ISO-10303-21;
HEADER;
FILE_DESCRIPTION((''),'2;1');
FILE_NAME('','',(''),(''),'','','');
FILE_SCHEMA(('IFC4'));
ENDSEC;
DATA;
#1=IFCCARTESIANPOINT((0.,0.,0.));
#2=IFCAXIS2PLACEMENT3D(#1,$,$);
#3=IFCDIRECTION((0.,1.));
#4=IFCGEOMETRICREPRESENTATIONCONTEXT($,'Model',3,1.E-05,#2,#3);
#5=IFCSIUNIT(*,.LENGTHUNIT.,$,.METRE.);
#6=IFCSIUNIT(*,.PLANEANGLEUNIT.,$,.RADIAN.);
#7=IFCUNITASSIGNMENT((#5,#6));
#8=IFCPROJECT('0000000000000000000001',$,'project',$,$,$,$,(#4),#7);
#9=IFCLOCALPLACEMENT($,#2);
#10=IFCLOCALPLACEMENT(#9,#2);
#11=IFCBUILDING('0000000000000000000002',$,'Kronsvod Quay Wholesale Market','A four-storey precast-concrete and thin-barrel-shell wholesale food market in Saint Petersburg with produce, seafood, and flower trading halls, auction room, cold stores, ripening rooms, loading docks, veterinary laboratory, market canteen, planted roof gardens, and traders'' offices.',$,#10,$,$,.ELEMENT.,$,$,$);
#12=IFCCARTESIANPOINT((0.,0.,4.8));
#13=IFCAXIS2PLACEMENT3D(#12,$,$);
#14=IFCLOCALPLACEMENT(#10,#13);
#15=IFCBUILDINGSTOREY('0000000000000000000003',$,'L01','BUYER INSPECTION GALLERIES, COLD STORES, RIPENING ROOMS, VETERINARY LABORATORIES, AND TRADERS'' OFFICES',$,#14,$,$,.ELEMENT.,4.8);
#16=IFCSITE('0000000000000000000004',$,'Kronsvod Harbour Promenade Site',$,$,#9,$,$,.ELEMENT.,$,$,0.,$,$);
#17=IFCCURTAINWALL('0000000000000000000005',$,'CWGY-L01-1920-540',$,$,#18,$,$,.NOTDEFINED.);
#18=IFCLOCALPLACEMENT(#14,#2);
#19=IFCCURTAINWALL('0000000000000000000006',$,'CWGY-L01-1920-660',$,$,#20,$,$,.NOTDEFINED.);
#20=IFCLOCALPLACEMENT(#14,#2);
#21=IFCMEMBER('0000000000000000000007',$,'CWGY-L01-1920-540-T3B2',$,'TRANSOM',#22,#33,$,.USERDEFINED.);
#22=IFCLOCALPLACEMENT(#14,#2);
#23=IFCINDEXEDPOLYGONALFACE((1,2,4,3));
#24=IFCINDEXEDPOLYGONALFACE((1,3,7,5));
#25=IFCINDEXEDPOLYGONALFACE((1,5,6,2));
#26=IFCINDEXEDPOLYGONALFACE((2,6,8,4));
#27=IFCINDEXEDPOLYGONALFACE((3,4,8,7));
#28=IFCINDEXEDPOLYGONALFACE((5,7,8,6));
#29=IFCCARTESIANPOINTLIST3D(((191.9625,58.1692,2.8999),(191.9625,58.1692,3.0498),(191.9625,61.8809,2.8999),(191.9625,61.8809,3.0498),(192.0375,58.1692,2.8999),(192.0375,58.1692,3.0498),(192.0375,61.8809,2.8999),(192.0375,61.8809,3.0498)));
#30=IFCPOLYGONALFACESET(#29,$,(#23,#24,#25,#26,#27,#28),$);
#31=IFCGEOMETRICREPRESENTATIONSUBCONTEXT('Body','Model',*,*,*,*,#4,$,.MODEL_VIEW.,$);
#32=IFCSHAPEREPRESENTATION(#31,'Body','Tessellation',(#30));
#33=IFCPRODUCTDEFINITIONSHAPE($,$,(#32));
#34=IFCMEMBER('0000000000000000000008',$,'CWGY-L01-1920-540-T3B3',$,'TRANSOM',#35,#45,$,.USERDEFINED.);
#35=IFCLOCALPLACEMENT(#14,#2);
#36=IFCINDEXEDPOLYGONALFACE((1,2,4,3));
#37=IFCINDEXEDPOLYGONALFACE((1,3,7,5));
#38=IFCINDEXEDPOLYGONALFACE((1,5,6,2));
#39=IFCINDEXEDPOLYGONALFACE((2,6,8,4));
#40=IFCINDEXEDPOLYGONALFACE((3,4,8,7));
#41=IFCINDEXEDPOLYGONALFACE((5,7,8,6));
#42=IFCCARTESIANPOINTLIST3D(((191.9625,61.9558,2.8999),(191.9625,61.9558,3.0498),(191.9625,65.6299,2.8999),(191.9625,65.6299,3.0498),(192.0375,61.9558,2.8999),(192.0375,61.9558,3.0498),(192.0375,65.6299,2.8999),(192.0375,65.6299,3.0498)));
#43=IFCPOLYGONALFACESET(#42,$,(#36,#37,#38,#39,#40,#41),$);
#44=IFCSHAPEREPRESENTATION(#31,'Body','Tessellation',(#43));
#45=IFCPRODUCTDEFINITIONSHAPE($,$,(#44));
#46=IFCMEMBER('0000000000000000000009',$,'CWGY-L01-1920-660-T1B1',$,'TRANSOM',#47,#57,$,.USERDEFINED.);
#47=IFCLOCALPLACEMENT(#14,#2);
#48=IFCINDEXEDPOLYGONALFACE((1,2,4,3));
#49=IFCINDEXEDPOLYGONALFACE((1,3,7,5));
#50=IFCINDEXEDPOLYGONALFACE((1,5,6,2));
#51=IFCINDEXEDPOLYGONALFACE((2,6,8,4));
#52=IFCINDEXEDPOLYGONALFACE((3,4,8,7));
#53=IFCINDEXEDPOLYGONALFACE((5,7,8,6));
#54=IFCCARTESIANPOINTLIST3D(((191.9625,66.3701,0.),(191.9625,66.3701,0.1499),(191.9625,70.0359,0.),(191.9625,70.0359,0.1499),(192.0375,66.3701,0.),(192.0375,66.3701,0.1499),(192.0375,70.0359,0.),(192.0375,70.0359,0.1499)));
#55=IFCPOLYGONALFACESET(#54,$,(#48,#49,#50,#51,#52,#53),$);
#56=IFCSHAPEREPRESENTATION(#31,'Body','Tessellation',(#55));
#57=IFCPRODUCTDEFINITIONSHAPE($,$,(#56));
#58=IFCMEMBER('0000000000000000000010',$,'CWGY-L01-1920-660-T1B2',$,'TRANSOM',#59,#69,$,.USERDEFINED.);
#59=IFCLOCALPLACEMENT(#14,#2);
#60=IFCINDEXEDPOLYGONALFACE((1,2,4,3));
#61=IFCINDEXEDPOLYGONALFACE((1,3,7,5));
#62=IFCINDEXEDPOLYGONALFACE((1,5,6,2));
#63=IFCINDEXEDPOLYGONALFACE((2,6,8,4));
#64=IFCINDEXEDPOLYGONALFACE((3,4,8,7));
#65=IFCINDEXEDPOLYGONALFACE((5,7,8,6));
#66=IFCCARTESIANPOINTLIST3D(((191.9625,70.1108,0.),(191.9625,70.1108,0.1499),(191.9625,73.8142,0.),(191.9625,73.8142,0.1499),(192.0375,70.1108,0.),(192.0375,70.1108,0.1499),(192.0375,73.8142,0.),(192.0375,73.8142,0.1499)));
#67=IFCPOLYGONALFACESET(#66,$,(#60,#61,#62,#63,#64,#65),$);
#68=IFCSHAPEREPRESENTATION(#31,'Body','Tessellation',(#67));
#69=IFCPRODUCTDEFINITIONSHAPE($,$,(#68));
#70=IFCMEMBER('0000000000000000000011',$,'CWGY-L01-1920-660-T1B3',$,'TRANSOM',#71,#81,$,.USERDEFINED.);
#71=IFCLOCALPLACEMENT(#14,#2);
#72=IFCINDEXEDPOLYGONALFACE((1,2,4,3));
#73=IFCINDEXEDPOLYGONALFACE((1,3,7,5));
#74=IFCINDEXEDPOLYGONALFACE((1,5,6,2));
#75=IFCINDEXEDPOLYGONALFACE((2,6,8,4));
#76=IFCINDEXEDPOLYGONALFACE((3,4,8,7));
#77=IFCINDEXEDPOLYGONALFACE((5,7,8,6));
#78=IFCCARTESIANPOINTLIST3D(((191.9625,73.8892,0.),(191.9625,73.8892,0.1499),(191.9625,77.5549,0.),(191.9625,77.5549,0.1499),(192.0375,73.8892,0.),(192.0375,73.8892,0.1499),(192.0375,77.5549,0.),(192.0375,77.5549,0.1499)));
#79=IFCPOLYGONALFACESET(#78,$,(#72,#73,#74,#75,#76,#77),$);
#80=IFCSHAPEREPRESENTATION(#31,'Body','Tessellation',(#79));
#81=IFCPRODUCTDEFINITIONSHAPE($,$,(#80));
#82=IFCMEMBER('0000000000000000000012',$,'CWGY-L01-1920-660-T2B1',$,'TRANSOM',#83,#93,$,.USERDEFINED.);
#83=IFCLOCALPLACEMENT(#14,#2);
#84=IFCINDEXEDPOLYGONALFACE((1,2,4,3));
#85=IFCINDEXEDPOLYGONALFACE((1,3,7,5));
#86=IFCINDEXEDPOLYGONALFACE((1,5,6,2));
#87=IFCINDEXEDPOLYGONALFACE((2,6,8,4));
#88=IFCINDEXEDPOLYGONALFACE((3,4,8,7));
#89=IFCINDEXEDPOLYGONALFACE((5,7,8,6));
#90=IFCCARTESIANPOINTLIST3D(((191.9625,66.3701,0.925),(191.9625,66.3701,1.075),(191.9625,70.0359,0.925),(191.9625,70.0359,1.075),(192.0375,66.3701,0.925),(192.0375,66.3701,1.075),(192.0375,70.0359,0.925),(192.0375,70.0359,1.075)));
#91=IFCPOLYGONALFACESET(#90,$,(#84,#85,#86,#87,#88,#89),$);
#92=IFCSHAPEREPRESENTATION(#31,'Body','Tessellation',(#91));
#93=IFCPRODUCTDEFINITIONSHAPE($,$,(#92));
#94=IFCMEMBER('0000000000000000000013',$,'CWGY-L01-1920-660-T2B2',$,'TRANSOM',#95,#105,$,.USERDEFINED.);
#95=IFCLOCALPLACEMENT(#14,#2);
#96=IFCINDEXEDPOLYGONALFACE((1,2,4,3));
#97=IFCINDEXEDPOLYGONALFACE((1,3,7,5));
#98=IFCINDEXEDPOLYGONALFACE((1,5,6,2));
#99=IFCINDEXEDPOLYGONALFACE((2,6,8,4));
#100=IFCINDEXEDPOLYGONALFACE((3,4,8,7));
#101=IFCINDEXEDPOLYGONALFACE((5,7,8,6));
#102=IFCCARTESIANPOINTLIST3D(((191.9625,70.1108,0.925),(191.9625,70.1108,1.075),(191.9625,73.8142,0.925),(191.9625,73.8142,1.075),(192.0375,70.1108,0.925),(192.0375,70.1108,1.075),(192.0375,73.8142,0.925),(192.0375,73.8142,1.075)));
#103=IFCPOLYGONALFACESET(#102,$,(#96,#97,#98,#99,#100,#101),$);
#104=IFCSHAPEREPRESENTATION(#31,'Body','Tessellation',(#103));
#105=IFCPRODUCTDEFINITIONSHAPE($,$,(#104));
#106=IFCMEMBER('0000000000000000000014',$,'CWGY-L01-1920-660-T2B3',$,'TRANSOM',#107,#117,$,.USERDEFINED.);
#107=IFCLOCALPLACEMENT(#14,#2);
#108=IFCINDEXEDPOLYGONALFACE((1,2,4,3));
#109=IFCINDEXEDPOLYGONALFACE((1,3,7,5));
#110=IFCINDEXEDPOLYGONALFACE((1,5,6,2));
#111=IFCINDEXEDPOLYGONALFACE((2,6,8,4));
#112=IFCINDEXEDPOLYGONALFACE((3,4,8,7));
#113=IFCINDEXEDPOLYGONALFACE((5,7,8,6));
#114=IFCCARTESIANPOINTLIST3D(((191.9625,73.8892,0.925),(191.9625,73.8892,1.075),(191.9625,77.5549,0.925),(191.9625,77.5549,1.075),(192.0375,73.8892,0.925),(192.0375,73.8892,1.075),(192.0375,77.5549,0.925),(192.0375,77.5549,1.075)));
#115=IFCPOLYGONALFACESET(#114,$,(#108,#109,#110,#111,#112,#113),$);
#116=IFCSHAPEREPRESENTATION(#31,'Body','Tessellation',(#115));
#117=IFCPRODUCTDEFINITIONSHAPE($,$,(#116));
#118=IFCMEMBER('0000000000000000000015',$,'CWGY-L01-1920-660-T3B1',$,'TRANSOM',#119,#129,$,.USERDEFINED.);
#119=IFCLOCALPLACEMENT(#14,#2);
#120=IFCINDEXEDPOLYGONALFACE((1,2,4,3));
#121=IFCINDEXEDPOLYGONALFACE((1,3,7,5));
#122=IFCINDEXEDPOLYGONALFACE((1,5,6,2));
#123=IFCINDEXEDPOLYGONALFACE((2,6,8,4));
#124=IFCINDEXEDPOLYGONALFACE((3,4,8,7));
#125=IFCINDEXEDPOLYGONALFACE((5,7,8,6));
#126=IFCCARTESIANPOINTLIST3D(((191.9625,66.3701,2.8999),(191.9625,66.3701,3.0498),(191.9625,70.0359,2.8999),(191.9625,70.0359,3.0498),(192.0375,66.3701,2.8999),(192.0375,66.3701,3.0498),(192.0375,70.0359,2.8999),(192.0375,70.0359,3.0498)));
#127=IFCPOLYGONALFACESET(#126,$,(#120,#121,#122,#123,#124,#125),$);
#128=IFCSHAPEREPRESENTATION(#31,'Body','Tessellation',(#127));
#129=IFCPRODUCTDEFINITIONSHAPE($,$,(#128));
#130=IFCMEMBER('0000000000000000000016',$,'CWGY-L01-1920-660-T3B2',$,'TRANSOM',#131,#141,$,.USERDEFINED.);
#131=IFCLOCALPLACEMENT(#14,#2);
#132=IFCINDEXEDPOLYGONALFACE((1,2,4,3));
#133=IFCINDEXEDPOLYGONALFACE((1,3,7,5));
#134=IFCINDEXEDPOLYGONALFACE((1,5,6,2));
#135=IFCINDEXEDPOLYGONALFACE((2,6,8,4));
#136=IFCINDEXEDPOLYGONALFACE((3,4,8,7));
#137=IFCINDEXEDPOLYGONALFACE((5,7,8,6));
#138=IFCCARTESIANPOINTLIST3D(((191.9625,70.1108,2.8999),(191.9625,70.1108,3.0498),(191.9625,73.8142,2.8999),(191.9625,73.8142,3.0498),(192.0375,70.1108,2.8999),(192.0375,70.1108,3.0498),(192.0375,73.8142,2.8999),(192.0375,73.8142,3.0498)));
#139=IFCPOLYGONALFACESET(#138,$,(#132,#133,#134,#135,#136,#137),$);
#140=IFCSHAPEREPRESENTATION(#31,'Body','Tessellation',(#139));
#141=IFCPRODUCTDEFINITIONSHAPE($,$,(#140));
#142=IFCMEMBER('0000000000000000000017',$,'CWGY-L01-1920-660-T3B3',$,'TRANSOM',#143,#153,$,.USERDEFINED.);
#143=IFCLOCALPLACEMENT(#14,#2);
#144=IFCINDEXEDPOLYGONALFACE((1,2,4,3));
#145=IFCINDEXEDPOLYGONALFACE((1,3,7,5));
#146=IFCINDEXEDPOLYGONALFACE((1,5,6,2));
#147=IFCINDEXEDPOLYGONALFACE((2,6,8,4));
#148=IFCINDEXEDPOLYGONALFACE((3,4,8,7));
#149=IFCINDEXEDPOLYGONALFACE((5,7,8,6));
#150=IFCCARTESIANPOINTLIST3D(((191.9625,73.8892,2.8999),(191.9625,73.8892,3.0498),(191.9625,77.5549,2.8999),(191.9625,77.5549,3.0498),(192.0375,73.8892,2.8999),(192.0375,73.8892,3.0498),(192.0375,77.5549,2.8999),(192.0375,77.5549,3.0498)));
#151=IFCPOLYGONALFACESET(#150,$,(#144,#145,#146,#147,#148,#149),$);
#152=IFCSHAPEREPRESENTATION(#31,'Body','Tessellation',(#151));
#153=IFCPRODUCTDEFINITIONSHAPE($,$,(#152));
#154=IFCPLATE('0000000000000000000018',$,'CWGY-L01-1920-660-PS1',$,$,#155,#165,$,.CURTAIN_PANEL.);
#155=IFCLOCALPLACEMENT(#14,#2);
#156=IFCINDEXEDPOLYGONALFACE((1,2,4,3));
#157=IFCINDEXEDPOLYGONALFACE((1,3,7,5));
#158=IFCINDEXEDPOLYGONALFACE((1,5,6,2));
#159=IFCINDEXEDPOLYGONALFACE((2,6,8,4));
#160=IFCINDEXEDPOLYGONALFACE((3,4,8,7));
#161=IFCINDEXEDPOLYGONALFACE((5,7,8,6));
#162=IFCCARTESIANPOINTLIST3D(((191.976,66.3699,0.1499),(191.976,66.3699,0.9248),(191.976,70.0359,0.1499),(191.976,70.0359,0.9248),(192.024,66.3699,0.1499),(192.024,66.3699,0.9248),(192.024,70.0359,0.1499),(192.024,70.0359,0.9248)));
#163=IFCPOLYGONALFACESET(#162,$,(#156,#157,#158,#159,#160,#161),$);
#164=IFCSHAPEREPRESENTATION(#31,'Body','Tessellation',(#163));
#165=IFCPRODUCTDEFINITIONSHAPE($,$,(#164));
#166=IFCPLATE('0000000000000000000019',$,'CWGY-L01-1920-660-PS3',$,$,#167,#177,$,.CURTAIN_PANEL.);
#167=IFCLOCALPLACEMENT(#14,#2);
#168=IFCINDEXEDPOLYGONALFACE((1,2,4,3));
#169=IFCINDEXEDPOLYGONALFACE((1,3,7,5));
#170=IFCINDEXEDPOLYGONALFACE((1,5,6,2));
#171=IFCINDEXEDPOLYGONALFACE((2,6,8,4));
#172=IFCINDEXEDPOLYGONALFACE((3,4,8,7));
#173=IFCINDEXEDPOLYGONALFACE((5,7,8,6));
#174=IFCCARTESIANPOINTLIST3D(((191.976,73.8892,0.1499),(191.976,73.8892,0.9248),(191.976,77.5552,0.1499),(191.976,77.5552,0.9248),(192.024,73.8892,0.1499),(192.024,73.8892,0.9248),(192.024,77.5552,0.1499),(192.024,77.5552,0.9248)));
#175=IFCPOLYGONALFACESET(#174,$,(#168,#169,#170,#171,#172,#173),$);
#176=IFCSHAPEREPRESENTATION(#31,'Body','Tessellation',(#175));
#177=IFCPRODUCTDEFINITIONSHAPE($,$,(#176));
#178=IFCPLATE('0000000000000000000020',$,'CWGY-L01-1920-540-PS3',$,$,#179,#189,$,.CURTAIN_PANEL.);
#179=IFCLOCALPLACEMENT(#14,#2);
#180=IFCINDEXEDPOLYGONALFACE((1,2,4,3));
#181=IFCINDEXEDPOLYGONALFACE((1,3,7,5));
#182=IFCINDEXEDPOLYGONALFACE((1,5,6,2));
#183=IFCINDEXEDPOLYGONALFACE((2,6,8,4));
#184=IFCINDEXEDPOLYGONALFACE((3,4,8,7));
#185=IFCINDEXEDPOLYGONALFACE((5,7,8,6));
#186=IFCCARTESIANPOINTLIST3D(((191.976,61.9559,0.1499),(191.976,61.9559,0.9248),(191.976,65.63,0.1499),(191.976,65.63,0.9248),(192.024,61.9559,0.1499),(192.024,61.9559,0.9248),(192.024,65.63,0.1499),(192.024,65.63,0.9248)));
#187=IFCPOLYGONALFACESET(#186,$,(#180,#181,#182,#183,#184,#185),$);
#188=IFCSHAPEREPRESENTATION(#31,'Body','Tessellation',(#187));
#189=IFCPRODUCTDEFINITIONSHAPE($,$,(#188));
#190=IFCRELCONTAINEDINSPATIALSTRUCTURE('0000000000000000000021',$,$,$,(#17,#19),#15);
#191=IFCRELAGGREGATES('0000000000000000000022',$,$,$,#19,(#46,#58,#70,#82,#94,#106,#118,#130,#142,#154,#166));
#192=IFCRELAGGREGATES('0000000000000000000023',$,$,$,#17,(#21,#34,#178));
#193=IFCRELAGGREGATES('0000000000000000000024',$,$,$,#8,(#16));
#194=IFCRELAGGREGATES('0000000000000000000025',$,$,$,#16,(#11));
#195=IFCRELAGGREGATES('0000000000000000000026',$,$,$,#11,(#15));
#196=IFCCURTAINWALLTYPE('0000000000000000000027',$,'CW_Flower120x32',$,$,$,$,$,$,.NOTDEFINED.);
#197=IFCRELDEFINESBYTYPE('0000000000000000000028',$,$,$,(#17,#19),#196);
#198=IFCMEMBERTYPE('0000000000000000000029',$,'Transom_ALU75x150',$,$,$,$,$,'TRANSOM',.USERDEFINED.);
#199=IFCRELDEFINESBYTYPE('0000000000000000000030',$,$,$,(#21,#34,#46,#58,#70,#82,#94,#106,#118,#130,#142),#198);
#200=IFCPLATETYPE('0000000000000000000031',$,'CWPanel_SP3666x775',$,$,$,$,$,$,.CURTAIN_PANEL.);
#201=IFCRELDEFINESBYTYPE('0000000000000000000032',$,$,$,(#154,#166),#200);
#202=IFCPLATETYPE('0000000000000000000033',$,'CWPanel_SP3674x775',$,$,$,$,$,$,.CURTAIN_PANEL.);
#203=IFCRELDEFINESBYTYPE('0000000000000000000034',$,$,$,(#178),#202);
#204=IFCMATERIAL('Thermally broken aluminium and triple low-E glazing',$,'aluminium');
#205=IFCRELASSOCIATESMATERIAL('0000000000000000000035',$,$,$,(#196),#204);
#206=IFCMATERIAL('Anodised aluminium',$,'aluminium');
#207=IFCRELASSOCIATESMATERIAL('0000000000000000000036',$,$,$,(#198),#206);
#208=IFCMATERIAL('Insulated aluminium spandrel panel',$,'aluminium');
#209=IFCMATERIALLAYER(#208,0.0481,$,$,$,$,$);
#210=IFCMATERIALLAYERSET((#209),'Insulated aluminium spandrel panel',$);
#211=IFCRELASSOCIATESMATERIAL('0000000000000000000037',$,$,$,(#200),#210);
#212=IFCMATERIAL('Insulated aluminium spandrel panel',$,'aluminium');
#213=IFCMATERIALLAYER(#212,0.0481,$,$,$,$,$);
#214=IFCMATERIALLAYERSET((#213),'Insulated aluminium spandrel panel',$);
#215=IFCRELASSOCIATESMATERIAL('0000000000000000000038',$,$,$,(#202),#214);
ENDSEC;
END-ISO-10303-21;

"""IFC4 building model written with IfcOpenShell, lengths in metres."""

from ifc_helpers import new_model, si_unit, direction, frame, origin, origin_2d, place, context, subcontext, project, spatial, rectangle, extrude, material, layer, layer_set, material_profile, profile_set, type_object, element, aggregate, save


model = new_model("IFC4")

# Units and contexts
model_context = context("Model", 3, precision=1e-05, world=origin(), true_north=direction((0.0, 1.0)))
body_context = subcontext(model_context, "Body", "Model", "MODEL_VIEW")
ifc_project = project(units=[si_unit("LENGTHUNIT", "METRE"), si_unit("PLANEANGLEUNIT", "RADIAN")], contexts=[model_context])

# Site, building, storey
site_placement = place(None, origin())
site = spatial("IfcSite", under=ifc_project, at=site_placement, Name="Kronsvod Harbour Promenade Site", CompositionType="ELEMENT", RefElevation=0.0)
building_placement = place(site_placement, origin())
building = spatial("IfcBuilding", under=site, at=building_placement, Name="Kronsvod Quay Wholesale Market", Description="A four-storey precast-concrete and thin-barrel-shell wholesale food market in Saint Petersburg with produce, seafood, and flower trading halls, auction room, cold stores, ripening rooms, loading docks, veterinary laboratory, market canteen, planted roof gardens, and traders' offices.", CompositionType="ELEMENT")
storey_placement = place(building_placement, frame((0.0, 0.0, 4.8)))
storey = spatial("IfcBuildingStorey", under=building, at=storey_placement, Name="L01", Description="BUYER INSPECTION GALLERIES, COLD STORES, RIPENING ROOMS, VETERINARY LABORATORIES, AND TRADERS' OFFICES", CompositionType="ELEMENT", Elevation=4.8)

# Curtain walls
ifc_material_1 = material(Name="Thermally broken aluminium and triple low-E glazing", Category="aluminium")
curtain_wall_type = type_object("IfcCurtainWallType", Name="CW_Flower120x32", PredefinedType="NOTDEFINED", material=ifc_material_1)
curtain_wall_1_placement = place(storey_placement, origin())
curtain_wall_1 = element("IfcCurtainWall", 1, at=curtain_wall_1_placement, inside=storey, type_object=curtain_wall_type, Name="CWGY-L01-1920-540", PredefinedType="NOTDEFINED")
curtain_wall_2_placement = place(storey_placement, origin())
curtain_wall_2 = element("IfcCurtainWall", 2, at=curtain_wall_2_placement, inside=storey, type_object=curtain_wall_type, Name="CWGY-L01-1920-660", PredefinedType="NOTDEFINED")

# Members
ifc_material_2 = material(Name="Anodised aluminium", Category="aluminium")
ifc_material_profile_1 = material_profile(ifc_material_2, rectangle(XDim=0.075, YDim=0.1499, at=origin_2d()), Name="ALUT75x150")
ifc_profile_set_1 = profile_set([ifc_material_profile_1], Name="Anodised aluminium")
member_type_1 = type_object("IfcMemberType", Name="Transom_ALU75x150", ElementType="TRANSOM", PredefinedType="USERDEFINED", material=ifc_profile_set_1)
member_1_placement = place(storey_placement, frame((192.0, 58.1692, 2.9749), z_axis=(0.0, 1.0, 0.0), x_axis=(-1.0, 0.0, 0.0)))
member_1 = element("IfcMember", 3, at=member_1_placement, type_object=member_type_1, Name="CWGY-L01-1920-540-T3B2", ObjectType="TRANSOM", PredefinedType="USERDEFINED", context=body_context, shape_type="SweptSolid", body=[
    extrude(rectangle(XDim=0.075, YDim=0.1499, at=origin_2d()), origin(), (0.0, 0.0, 1.0), 3.7117),
])
member_2_placement = place(storey_placement, frame((192.0, 61.9558, 2.9749), z_axis=(0.0, 1.0, 0.0), x_axis=(-1.0, 0.0, 0.0)))
member_2 = element("IfcMember", 4, at=member_2_placement, type_object=member_type_1, Name="CWGY-L01-1920-540-T3B3", ObjectType="TRANSOM", PredefinedType="USERDEFINED", context=body_context, shape_type="SweptSolid", body=[
    extrude(rectangle(XDim=0.075, YDim=0.1499, at=origin_2d()), origin(), (0.0, 0.0, 1.0), 3.6741),
])
member_3_placement = place(storey_placement, frame((192.0, 66.3701, 0.075), z_axis=(0.0, 1.0, 0.0), x_axis=(-1.0, 0.0, 0.0)))
member_3 = element("IfcMember", 5, at=member_3_placement, type_object=member_type_1, Name="CWGY-L01-1920-660-T1B1", ObjectType="TRANSOM", PredefinedType="USERDEFINED", context=body_context, shape_type="SweptSolid", body=[
    extrude(rectangle(XDim=0.075, YDim=0.1499, at=origin_2d()), origin(), (0.0, 0.0, 1.0), 3.6658),
])
member_4_placement = place(storey_placement, frame((192.0, 70.1108, 0.075), z_axis=(0.0, 1.0, 0.0), x_axis=(-1.0, 0.0, 0.0)))
member_4 = element("IfcMember", 6, at=member_4_placement, type_object=member_type_1, Name="CWGY-L01-1920-660-T1B2", ObjectType="TRANSOM", PredefinedType="USERDEFINED", context=body_context, shape_type="SweptSolid", body=[
    extrude(rectangle(XDim=0.075, YDim=0.1499, at=origin_2d()), origin(), (0.0, 0.0, 1.0), 3.7034),
])
member_5_placement = place(storey_placement, frame((192.0, 73.8892, 0.075), z_axis=(0.0, 1.0, 0.0), x_axis=(-1.0, 0.0, 0.0)))
member_5 = element("IfcMember", 7, at=member_5_placement, type_object=member_type_1, Name="CWGY-L01-1920-660-T1B3", ObjectType="TRANSOM", PredefinedType="USERDEFINED", context=body_context, shape_type="SweptSolid", body=[
    extrude(rectangle(XDim=0.075, YDim=0.1499, at=origin_2d()), origin(), (0.0, 0.0, 1.0), 3.6658),
])
member_6_placement = place(storey_placement, frame((192.0, 66.3701, 1.0), z_axis=(0.0, 1.0, 0.0), x_axis=(-1.0, 0.0, 0.0)))
member_6 = element("IfcMember", 8, at=member_6_placement, type_object=member_type_1, Name="CWGY-L01-1920-660-T2B1", ObjectType="TRANSOM", PredefinedType="USERDEFINED", context=body_context, shape_type="SweptSolid", body=[
    extrude(rectangle(XDim=0.075, YDim=0.1499, at=origin_2d()), origin(), (0.0, 0.0, 1.0), 3.6658),
])
member_7_placement = place(storey_placement, frame((192.0, 70.1108, 1.0), z_axis=(0.0, 1.0, 0.0), x_axis=(-1.0, 0.0, 0.0)))
member_7 = element("IfcMember", 9, at=member_7_placement, type_object=member_type_1, Name="CWGY-L01-1920-660-T2B2", ObjectType="TRANSOM", PredefinedType="USERDEFINED", context=body_context, shape_type="SweptSolid", body=[
    extrude(rectangle(XDim=0.075, YDim=0.1499, at=origin_2d()), origin(), (0.0, 0.0, 1.0), 3.7034),
])
member_8_placement = place(storey_placement, frame((192.0, 73.8892, 1.0), z_axis=(0.0, 1.0, 0.0), x_axis=(-1.0, 0.0, 0.0)))
member_8 = element("IfcMember", 10, at=member_8_placement, type_object=member_type_1, Name="CWGY-L01-1920-660-T2B3", ObjectType="TRANSOM", PredefinedType="USERDEFINED", context=body_context, shape_type="SweptSolid", body=[
    extrude(rectangle(XDim=0.075, YDim=0.1499, at=origin_2d()), origin(), (0.0, 0.0, 1.0), 3.6658),
])
member_9_placement = place(storey_placement, frame((192.0, 66.3701, 2.9749), z_axis=(0.0, 1.0, 0.0), x_axis=(-1.0, 0.0, 0.0)))
member_9 = element("IfcMember", 11, at=member_9_placement, type_object=member_type_1, Name="CWGY-L01-1920-660-T3B1", ObjectType="TRANSOM", PredefinedType="USERDEFINED", context=body_context, shape_type="SweptSolid", body=[
    extrude(rectangle(XDim=0.075, YDim=0.1499, at=origin_2d()), origin(), (0.0, 0.0, 1.0), 3.6658),
])
member_10_placement = place(storey_placement, frame((192.0, 70.1108, 2.9749), z_axis=(0.0, 1.0, 0.0), x_axis=(-1.0, 0.0, 0.0)))
member_10 = element("IfcMember", 12, at=member_10_placement, type_object=member_type_1, Name="CWGY-L01-1920-660-T3B2", ObjectType="TRANSOM", PredefinedType="USERDEFINED", context=body_context, shape_type="SweptSolid", body=[
    extrude(rectangle(XDim=0.075, YDim=0.1499, at=origin_2d()), origin(), (0.0, 0.0, 1.0), 3.7034),
])
member_11_placement = place(storey_placement, frame((192.0, 73.8892, 2.9749), z_axis=(0.0, 1.0, 0.0), x_axis=(-1.0, 0.0, 0.0)))
member_11 = element("IfcMember", 13, at=member_11_placement, type_object=member_type_1, Name="CWGY-L01-1920-660-T3B3", ObjectType="TRANSOM", PredefinedType="USERDEFINED", context=body_context, shape_type="SweptSolid", body=[
    extrude(rectangle(XDim=0.075, YDim=0.1499, at=origin_2d()), origin(), (0.0, 0.0, 1.0), 3.6658),
])

# Plates
ifc_material_3 = material(Name="Insulated aluminium spandrel panel", Category="aluminium")
ifc_layer_1 = layer(ifc_material_3, 0.0481)
ifc_layer_set_1 = layer_set([ifc_layer_1], Name="Insulated aluminium spandrel panel")
plate_type_1 = type_object("IfcPlateType", Name="CWPanel_SP3666x775", PredefinedType="CURTAIN_PANEL", material=ifc_layer_set_1)
plate_1_placement = place(storey_placement, frame((192.0, 68.2029, 0.1499), z_axis=(0.0, 0.0, 1.0), x_axis=(0.0, 1.0, 0.0)))
plate_1 = element("IfcPlate", 14, at=plate_1_placement, type_object=plate_type_1, Name="CWGY-L01-1920-660-PS1", PredefinedType="CURTAIN_PANEL", context=body_context, shape_type="SweptSolid", body=[
    extrude(rectangle(XDim=3.666, YDim=0.0481, at=origin_2d()), origin(), (0.0, 0.0, 1.0), 0.7749),
])
plate_2_placement = place(storey_placement, frame((192.0, 75.7222, 0.1499), z_axis=(0.0, 0.0, 1.0), x_axis=(0.0, 1.0, 0.0)))
plate_2 = element("IfcPlate", 15, at=plate_2_placement, type_object=plate_type_1, Name="CWGY-L01-1920-660-PS3", PredefinedType="CURTAIN_PANEL", context=body_context, shape_type="SweptSolid", body=[
    extrude(rectangle(XDim=3.666, YDim=0.0481, at=origin_2d()), origin(), (0.0, 0.0, 1.0), 0.7749),
])
ifc_material_4 = material(Name="Insulated aluminium spandrel panel", Category="aluminium")
ifc_layer_2 = layer(ifc_material_4, 0.0481)
ifc_layer_set_2 = layer_set([ifc_layer_2], Name="Insulated aluminium spandrel panel")
plate_type_2 = type_object("IfcPlateType", Name="CWPanel_SP3674x775", PredefinedType="CURTAIN_PANEL", material=ifc_layer_set_2)
plate_3_placement = place(storey_placement, frame((192.0, 63.793, 0.1499), z_axis=(0.0, 0.0, 1.0), x_axis=(0.0, 1.0, 0.0)))
plate_3 = element("IfcPlate", 16, at=plate_3_placement, type_object=plate_type_2, Name="CWGY-L01-1920-540-PS3", PredefinedType="CURTAIN_PANEL", context=body_context, shape_type="SweptSolid", body=[
    extrude(rectangle(XDim=3.6741, YDim=0.0481, at=origin_2d()), origin(), (0.0, 0.0, 1.0), 0.7749),
])
aggregate(curtain_wall_2, [member_3, member_4, member_5, member_6, member_7, member_8, member_9, member_10, member_11, plate_1, plate_2])
aggregate(curtain_wall_1, [member_1, member_2, plate_3])

save(model, "model.ifc")
